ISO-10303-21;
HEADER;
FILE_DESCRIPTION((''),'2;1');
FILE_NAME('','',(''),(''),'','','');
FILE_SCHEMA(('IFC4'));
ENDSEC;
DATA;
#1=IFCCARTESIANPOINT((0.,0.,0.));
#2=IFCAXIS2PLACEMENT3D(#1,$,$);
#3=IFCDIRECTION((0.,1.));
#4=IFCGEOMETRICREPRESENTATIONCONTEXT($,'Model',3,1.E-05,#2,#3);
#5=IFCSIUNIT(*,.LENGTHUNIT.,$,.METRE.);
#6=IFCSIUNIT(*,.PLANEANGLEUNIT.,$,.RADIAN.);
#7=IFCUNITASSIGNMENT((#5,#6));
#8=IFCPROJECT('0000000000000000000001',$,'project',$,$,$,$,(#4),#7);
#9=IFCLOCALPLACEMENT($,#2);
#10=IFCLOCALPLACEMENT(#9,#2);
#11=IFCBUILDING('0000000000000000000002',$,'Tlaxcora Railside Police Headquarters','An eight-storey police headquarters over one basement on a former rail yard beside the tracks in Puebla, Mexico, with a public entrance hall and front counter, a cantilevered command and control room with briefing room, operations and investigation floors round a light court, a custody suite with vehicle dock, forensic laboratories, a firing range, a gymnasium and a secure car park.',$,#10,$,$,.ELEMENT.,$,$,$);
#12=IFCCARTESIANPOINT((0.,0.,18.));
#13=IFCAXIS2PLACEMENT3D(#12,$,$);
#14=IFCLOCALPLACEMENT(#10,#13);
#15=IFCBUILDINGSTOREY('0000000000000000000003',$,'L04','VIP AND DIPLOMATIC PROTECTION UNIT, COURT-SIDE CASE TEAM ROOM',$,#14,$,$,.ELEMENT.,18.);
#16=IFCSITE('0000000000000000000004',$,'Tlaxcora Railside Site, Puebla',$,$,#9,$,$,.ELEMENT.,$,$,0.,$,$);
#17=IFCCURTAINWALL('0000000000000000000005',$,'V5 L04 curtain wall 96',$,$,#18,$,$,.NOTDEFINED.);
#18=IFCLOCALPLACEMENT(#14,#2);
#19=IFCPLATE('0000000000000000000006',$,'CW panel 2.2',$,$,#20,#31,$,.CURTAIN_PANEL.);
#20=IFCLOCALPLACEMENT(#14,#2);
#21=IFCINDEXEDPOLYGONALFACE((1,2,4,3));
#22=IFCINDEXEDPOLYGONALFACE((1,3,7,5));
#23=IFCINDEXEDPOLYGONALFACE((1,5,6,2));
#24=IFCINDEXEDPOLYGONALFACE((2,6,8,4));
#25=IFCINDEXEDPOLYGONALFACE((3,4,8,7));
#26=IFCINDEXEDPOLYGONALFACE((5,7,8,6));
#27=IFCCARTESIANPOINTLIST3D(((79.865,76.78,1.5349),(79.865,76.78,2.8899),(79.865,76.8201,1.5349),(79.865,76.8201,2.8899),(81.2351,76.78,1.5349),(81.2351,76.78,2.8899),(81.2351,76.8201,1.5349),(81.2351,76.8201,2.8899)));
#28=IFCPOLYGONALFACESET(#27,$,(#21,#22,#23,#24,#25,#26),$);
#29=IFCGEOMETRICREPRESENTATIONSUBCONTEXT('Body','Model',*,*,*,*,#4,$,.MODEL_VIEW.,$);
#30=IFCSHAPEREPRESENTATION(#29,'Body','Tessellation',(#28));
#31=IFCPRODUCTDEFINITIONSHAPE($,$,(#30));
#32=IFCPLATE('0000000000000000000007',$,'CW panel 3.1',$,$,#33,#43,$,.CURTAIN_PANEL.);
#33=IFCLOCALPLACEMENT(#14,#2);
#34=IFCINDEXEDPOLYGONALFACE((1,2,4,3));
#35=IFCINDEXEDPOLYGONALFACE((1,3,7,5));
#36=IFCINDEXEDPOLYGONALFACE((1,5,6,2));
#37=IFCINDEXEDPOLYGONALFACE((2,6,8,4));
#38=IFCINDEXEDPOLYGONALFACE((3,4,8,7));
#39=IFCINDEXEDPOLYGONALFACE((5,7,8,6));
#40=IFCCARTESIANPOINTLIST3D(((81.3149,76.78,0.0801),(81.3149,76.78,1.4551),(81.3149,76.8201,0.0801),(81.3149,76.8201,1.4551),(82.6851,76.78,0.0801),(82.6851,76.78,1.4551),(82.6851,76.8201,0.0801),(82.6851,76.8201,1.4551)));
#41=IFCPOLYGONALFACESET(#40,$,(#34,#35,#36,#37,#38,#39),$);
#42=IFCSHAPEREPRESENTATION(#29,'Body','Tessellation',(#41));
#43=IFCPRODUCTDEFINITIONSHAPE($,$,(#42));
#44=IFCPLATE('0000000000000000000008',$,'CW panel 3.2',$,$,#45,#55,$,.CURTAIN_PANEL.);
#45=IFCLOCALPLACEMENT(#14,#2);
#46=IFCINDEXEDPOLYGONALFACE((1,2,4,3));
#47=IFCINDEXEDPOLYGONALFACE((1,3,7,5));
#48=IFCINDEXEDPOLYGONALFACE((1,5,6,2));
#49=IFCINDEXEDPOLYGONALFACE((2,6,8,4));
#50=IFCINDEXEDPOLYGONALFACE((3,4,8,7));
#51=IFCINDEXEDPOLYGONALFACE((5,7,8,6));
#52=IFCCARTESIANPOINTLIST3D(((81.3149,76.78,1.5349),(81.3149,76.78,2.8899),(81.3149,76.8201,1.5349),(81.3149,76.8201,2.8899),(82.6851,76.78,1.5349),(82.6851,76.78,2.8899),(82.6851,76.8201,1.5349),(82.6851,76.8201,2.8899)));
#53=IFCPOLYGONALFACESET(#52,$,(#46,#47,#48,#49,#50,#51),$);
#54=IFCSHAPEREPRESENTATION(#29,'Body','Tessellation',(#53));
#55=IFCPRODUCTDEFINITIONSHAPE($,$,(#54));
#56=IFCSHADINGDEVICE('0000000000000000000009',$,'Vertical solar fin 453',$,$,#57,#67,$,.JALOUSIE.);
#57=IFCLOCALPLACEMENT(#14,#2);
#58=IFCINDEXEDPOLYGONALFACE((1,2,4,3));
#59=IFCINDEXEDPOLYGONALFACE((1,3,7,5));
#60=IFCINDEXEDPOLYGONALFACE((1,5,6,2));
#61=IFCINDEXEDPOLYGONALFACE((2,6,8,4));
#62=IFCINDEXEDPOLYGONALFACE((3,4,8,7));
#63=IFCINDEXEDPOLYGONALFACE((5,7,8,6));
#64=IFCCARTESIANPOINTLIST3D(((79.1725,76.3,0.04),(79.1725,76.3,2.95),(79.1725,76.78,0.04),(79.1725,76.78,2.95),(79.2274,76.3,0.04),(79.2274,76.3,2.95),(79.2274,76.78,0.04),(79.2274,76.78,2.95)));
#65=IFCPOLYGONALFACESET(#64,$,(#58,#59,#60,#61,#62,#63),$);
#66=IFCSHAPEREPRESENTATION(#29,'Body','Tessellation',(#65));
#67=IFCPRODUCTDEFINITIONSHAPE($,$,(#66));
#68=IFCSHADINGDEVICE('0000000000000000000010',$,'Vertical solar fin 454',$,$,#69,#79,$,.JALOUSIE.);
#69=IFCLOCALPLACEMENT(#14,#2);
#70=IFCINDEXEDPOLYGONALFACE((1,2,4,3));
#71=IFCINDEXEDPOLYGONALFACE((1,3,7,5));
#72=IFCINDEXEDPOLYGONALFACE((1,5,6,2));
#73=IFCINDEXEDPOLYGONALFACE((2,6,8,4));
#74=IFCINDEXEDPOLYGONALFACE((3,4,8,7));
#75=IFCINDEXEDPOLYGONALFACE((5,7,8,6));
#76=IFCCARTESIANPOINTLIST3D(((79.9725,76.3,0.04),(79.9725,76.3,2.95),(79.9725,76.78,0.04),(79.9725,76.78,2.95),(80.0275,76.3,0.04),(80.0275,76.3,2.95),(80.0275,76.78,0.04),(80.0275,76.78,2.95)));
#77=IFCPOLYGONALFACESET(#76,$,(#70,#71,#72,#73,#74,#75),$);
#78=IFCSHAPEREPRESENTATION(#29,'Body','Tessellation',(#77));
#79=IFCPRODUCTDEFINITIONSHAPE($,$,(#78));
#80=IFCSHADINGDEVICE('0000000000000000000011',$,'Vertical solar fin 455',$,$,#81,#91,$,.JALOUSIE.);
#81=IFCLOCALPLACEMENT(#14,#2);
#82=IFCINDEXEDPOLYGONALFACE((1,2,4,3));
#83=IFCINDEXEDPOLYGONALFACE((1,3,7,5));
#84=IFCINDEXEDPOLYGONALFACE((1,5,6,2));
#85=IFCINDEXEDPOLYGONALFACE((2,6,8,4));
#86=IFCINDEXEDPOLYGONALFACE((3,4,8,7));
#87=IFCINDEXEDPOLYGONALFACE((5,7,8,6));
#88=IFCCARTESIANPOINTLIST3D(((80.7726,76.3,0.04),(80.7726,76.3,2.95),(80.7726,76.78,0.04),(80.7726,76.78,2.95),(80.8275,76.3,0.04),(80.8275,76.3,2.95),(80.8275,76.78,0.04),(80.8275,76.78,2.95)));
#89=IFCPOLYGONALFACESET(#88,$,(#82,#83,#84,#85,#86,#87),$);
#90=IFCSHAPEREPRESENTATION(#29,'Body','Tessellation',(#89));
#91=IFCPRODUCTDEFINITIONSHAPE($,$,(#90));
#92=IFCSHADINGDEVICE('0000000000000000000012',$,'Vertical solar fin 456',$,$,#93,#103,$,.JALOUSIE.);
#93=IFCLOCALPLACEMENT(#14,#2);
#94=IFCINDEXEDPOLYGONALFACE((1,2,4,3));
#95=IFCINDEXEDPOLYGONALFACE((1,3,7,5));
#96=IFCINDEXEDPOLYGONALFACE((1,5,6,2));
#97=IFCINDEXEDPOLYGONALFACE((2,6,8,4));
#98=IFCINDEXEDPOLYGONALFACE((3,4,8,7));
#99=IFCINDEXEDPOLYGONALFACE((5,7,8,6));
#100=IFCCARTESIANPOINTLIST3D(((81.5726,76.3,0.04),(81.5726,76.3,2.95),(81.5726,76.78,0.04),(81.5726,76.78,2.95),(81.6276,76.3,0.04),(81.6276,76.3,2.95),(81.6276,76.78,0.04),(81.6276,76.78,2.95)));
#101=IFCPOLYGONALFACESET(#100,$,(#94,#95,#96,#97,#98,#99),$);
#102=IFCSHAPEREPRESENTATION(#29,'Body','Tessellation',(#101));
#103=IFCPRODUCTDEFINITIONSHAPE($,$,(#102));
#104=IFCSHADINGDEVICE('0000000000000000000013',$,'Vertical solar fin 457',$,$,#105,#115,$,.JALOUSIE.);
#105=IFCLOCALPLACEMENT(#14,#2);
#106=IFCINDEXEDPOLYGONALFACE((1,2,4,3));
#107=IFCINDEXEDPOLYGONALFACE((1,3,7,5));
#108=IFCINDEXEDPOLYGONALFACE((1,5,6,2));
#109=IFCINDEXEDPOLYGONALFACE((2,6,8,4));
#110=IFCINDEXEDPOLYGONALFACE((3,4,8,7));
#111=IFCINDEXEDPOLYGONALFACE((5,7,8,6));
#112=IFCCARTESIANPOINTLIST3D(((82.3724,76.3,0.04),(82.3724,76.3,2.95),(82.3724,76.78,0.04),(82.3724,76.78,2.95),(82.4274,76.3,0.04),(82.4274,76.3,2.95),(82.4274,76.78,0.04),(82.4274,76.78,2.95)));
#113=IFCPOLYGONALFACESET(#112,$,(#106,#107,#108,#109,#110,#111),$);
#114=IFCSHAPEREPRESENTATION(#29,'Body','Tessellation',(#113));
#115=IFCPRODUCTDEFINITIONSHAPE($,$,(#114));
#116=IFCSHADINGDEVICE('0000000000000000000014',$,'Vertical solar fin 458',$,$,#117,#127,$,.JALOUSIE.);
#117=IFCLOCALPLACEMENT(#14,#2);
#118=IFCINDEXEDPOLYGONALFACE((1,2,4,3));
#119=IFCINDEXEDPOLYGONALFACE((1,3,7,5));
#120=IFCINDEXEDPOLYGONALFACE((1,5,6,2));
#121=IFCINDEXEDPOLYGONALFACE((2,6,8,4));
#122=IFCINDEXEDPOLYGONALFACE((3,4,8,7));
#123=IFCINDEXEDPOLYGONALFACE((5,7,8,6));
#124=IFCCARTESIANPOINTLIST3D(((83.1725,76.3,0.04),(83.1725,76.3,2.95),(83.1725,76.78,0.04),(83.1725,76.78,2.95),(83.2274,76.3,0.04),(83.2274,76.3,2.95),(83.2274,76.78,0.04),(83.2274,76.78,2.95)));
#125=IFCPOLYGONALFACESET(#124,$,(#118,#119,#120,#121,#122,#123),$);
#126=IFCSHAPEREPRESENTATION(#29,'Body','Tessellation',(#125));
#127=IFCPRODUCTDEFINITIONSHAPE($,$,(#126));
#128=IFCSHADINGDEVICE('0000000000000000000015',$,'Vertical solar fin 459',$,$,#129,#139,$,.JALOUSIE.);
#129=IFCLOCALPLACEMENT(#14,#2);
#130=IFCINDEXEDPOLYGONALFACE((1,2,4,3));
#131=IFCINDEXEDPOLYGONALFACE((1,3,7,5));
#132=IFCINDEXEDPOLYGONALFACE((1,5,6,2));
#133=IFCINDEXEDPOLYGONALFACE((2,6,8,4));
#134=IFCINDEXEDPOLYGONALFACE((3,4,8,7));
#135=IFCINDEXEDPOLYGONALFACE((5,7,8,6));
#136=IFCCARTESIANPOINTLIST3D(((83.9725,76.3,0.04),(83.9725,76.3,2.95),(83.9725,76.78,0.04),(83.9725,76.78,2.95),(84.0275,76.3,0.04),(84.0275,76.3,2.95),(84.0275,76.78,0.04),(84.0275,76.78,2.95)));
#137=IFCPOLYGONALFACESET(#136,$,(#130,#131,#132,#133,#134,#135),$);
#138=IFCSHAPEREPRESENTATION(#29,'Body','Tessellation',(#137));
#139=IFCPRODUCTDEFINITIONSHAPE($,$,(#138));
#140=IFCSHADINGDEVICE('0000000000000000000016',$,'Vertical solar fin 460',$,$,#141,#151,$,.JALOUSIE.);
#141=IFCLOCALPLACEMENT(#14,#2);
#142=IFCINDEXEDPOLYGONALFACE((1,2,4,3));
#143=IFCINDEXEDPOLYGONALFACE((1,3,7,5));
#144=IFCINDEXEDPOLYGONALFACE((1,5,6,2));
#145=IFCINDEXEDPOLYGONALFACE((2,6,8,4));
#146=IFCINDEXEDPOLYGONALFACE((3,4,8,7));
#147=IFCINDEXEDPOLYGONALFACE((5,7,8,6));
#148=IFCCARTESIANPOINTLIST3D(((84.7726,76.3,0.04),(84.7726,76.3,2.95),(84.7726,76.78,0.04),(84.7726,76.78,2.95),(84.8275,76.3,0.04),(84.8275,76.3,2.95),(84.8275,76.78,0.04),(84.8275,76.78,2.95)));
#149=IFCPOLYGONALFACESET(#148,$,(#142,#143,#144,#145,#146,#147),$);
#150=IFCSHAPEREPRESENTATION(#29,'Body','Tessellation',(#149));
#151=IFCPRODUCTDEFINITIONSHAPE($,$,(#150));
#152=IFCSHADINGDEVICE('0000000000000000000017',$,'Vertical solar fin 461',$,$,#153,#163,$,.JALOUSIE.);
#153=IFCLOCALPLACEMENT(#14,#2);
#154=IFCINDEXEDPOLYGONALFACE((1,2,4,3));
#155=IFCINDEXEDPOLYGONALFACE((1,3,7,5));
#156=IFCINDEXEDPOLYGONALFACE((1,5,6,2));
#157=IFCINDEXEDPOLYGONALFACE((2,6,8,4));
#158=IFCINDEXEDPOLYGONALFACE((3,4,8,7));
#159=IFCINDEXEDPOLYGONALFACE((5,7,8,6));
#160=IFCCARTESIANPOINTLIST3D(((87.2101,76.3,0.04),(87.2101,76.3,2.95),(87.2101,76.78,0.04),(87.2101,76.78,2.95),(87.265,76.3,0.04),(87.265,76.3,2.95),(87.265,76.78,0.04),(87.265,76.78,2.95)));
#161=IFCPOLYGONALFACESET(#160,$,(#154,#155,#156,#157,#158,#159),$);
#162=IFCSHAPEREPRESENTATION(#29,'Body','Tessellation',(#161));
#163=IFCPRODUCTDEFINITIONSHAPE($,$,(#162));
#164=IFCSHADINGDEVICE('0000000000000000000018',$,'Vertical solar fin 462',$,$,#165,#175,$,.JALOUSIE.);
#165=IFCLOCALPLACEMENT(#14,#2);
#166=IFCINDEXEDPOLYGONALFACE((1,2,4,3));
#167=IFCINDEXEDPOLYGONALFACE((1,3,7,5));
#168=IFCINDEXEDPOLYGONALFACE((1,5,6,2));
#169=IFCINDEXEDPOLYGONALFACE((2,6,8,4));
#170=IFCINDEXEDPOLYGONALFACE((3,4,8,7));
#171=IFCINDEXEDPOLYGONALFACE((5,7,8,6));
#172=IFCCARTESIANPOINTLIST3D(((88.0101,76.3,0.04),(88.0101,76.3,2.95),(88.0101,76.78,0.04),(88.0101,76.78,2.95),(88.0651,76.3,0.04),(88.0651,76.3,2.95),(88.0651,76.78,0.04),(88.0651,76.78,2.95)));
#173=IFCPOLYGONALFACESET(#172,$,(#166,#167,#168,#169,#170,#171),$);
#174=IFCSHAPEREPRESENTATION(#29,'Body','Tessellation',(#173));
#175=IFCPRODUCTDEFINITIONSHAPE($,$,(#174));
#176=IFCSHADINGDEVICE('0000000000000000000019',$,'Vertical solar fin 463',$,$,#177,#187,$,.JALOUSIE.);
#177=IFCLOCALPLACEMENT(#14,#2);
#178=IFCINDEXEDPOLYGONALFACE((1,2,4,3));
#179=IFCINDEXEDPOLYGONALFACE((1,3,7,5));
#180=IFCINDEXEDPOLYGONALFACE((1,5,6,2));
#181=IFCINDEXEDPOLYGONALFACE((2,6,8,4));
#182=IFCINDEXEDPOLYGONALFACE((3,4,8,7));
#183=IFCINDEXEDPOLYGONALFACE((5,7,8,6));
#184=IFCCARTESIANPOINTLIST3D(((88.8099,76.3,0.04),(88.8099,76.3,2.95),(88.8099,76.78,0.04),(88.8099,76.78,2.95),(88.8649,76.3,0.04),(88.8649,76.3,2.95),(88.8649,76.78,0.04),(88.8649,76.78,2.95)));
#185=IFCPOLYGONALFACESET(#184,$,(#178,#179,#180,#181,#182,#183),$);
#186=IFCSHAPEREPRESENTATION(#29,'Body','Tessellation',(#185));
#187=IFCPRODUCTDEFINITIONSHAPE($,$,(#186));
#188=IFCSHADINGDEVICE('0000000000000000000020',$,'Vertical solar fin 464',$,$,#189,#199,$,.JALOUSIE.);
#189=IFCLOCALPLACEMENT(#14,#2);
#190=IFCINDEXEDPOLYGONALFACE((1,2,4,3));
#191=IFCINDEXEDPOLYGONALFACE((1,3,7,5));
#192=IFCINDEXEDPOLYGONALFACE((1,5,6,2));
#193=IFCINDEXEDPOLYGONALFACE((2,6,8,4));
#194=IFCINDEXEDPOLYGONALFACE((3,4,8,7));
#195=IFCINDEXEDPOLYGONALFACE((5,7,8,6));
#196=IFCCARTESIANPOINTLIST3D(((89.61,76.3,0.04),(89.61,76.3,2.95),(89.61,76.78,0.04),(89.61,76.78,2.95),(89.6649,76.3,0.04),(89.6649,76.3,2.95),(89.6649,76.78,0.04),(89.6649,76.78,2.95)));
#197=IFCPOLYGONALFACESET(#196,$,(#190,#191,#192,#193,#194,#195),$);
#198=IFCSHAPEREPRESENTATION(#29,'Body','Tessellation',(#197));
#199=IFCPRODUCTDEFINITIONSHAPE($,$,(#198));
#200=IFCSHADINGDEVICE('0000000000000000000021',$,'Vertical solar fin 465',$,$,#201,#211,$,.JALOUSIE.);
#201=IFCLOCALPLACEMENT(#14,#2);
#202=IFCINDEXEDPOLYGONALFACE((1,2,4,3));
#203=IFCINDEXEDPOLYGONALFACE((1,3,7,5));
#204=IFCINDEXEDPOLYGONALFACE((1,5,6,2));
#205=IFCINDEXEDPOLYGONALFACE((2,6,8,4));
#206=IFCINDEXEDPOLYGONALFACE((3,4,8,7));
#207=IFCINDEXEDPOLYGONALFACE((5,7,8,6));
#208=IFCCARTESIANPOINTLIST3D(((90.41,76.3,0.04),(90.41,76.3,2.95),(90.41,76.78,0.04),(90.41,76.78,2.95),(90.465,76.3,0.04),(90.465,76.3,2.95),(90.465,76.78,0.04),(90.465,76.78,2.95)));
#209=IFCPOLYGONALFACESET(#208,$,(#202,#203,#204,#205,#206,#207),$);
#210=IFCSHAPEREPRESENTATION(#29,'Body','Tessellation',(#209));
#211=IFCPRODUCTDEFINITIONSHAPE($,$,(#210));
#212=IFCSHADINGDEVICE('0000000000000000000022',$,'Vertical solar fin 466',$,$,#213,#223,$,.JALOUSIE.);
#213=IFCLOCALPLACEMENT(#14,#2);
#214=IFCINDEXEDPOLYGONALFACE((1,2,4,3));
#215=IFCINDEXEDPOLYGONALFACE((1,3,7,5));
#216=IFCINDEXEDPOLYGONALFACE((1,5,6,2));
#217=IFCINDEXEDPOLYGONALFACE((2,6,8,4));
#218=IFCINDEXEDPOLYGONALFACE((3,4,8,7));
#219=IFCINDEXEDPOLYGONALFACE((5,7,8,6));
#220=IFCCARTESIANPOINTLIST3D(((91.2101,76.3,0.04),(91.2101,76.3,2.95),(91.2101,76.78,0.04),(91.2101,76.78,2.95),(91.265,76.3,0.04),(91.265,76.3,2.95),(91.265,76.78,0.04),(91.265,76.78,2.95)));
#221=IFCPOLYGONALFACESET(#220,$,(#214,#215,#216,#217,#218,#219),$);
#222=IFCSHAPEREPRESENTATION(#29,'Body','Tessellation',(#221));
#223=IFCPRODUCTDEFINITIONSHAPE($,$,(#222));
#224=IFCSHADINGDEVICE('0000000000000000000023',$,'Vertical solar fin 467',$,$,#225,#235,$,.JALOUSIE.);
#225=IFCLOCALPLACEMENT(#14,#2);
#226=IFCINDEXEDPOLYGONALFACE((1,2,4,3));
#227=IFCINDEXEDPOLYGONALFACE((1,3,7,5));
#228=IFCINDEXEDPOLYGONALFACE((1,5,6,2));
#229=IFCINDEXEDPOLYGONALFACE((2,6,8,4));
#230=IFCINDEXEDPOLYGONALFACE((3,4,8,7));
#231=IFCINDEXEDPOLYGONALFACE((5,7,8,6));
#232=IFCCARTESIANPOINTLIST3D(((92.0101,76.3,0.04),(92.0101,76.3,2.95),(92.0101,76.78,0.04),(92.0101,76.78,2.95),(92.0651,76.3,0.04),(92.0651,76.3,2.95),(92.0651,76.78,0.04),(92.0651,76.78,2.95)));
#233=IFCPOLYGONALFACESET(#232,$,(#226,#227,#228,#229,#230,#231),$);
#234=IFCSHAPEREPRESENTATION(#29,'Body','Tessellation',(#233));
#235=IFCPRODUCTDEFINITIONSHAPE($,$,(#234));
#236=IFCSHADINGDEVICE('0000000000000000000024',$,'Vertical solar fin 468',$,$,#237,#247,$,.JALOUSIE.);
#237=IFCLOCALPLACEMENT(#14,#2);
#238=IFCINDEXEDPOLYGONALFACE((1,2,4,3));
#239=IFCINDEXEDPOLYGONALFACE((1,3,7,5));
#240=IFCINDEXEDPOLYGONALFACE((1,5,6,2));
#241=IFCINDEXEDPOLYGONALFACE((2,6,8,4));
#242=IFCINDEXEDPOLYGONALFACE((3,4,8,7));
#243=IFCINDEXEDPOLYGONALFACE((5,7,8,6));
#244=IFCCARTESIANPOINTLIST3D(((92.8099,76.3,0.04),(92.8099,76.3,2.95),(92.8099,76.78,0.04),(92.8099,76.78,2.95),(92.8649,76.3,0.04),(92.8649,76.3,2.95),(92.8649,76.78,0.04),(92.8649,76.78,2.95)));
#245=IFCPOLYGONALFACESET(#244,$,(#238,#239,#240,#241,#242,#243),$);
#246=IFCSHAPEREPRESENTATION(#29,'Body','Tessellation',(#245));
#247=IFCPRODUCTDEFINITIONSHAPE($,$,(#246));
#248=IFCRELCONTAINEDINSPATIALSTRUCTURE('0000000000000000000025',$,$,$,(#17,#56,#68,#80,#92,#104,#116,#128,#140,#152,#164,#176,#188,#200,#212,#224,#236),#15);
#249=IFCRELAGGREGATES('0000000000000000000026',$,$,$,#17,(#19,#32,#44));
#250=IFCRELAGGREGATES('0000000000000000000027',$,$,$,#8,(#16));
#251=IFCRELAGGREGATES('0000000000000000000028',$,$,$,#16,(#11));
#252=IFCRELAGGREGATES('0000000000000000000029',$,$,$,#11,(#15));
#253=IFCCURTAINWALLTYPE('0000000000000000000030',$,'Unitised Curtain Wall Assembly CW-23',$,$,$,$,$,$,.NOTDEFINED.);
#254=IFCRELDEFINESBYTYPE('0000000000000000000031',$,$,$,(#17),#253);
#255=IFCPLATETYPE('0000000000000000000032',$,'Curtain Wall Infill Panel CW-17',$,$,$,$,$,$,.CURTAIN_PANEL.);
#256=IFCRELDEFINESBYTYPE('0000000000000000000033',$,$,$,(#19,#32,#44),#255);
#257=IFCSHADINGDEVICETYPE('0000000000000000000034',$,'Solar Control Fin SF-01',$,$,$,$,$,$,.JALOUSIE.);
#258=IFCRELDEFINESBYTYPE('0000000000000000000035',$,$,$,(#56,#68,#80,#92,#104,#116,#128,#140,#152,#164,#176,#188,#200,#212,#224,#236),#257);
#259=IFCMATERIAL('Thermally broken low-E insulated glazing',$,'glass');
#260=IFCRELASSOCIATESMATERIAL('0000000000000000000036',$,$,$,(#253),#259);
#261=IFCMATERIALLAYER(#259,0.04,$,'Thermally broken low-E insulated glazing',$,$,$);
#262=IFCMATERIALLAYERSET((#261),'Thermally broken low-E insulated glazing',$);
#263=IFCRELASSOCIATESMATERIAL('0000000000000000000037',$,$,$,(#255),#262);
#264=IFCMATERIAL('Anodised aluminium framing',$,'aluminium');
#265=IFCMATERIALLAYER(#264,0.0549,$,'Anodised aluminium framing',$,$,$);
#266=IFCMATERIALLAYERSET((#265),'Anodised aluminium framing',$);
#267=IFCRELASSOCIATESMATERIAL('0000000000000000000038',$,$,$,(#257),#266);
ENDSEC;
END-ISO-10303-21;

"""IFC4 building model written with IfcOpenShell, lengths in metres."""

from ifc_helpers import new_model, si_unit, direction, frame, origin, origin_2d, place, context, subcontext, project, spatial, rectangle, extrude, material, layer, layer_set, type_object, element, aggregate, save


model = new_model("IFC4")

# Units and contexts
model_context = context("Model", 3, precision=1e-05, world=origin(), true_north=direction((0.0, 1.0)))
body_context = subcontext(model_context, "Body", "Model", "MODEL_VIEW")
ifc_project = project(units=[si_unit("LENGTHUNIT", "METRE"), si_unit("PLANEANGLEUNIT", "RADIAN")], contexts=[model_context])

# Site, building, storey
site_placement = place(None, origin())
site = spatial("IfcSite", under=ifc_project, at=site_placement, Name="Tlaxcora Railside Site, Puebla", CompositionType="ELEMENT", RefElevation=0.0)
building_placement = place(site_placement, origin())
building = spatial("IfcBuilding", under=site, at=building_placement, Name="Tlaxcora Railside Police Headquarters", Description="An eight-storey police headquarters over one basement on a former rail yard beside the tracks in Puebla, Mexico, with a public entrance hall and front counter, a cantilevered command and control room with briefing room, operations and investigation floors round a light court, a custody suite with vehicle dock, forensic laboratories, a firing range, a gymnasium and a secure car park.", CompositionType="ELEMENT")
storey_placement = place(building_placement, frame((0.0, 0.0, 18.0)))
storey = spatial("IfcBuildingStorey", under=building, at=storey_placement, Name="L04", Description="VIP AND DIPLOMATIC PROTECTION UNIT, COURT-SIDE CASE TEAM ROOM", CompositionType="ELEMENT", Elevation=18.0)

# Curtain wall, plates
ifc_material_1 = material(Name="Thermally broken low-E insulated glazing", Category="glass")
curtain_wall_type = type_object("IfcCurtainWallType", Name="Unitised Curtain Wall Assembly CW-23", PredefinedType="NOTDEFINED", material=ifc_material_1)
curtain_wall_placement = place(storey_placement, origin())
curtain_wall = element("IfcCurtainWall", 1, at=curtain_wall_placement, inside=storey, type_object=curtain_wall_type, Name="V5 L04 curtain wall 96", PredefinedType="NOTDEFINED")
ifc_material_2 = material(Name="Anodised aluminium framing", Category="aluminium")
ifc_layer_1 = layer(ifc_material_1, 0.04, Name="Thermally broken low-E insulated glazing")
ifc_layer_set_1 = layer_set([ifc_layer_1], Name="Thermally broken low-E insulated glazing")
plate_type = type_object("IfcPlateType", Name="Curtain Wall Infill Panel CW-17", PredefinedType="CURTAIN_PANEL", material=ifc_layer_set_1)
plate_1_placement = place(storey_placement, frame((80.55, 76.8, 1.5349), z_axis=(0.0, 0.0, 1.0), x_axis=(1.0, 0.0, 0.0)))
plate_1 = element("IfcPlate", 2, at=plate_1_placement, type_object=plate_type, Name="CW panel 2.2", PredefinedType="CURTAIN_PANEL", context=body_context, shape_type="SweptSolid", body=[
    extrude(rectangle(XDim=1.3701, YDim=0.04, at=origin_2d()), origin(), (0.0, 0.0, 1.0), 1.355),
])
plate_2_placement = place(storey_placement, frame((82.0, 76.8, 0.0801), z_axis=(0.0, 0.0, 1.0), x_axis=(1.0, 0.0, 0.0)))
plate_2 = element("IfcPlate", 3, at=plate_2_placement, type_object=plate_type, Name="CW panel 3.1", PredefinedType="CURTAIN_PANEL", context=body_context, shape_type="SweptSolid", body=[
    extrude(rectangle(XDim=1.3701, YDim=0.04, at=origin_2d()), origin(), (0.0, 0.0, 1.0), 1.375),
])
plate_3_placement = place(storey_placement, frame((82.0, 76.8, 1.5349), z_axis=(0.0, 0.0, 1.0), x_axis=(1.0, 0.0, 0.0)))
plate_3 = element("IfcPlate", 4, at=plate_3_placement, type_object=plate_type, Name="CW panel 3.2", PredefinedType="CURTAIN_PANEL", context=body_context, shape_type="SweptSolid", body=[
    extrude(rectangle(XDim=1.3701, YDim=0.04, at=origin_2d()), origin(), (0.0, 0.0, 1.0), 1.355),
])
aggregate(curtain_wall, [plate_1, plate_2, plate_3])

# Shading devices
ifc_layer_2 = layer(ifc_material_2, 0.0549, Name="Anodised aluminium framing")
ifc_layer_set_2 = layer_set([ifc_layer_2], Name="Anodised aluminium framing")
shading_device_type_1 = type_object("IfcShadingDeviceType", Name="Solar Control Fin SF-01", PredefinedType="JALOUSIE", material=ifc_layer_set_2)
for number, where, z_axis, x_axis, name in (
    (5, (79.2, 76.54, 0.04), (0.0, 0.0, 1.0), (0.0, -1.0, 0.0), "Vertical solar fin 453"),
    (6, (80.0, 76.54, 0.04), (0.0, 0.0, 1.0), (0.0, -1.0, 0.0), "Vertical solar fin 454"),
    (7, (80.8, 76.54, 0.04), (0.0, 0.0, 1.0), (0.0, -1.0, 0.0), "Vertical solar fin 455"),
    (8, (81.6001, 76.54, 0.04), (0.0, 0.0, 1.0), (0.0, -1.0, 0.0), "Vertical solar fin 456"),
    (9, (82.3999, 76.54, 0.04), (0.0, 0.0, 1.0), (0.0, -1.0, 0.0), "Vertical solar fin 457"),
    (10, (83.2, 76.54, 0.04), (0.0, 0.0, 1.0), (0.0, -1.0, 0.0), "Vertical solar fin 458"),
    (11, (84.0, 76.54, 0.04), (0.0, 0.0, 1.0), (0.0, -1.0, 0.0), "Vertical solar fin 459"),
    (12, (84.8, 76.54, 0.04), (0.0, 0.0, 1.0), (0.0, -1.0, 0.0), "Vertical solar fin 460"),
    (13, (87.2375, 76.54, 0.04), (0.0, 0.0, 1.0), (0.0, -1.0, 0.0), "Vertical solar fin 461"),
    (14, (88.0376, 76.54, 0.04), (0.0, 0.0, 1.0), (0.0, -1.0, 0.0), "Vertical solar fin 462"),
    (15, (88.8374, 76.54, 0.04), (0.0, 0.0, 1.0), (0.0, -1.0, 0.0), "Vertical solar fin 463"),
    (16, (89.6375, 76.54, 0.04), (0.0, 0.0, 1.0), (0.0, -1.0, 0.0), "Vertical solar fin 464"),
    (17, (90.4375, 76.54, 0.04), (0.0, 0.0, 1.0), (0.0, -1.0, 0.0), "Vertical solar fin 465"),
    (18, (91.2375, 76.54, 0.04), (0.0, 0.0, 1.0), (0.0, -1.0, 0.0), "Vertical solar fin 466"),
    (19, (92.0376, 76.54, 0.04), (0.0, 0.0, 1.0), (0.0, -1.0, 0.0), "Vertical solar fin 467"),
    (20, (92.8374, 76.54, 0.04), (0.0, 0.0, 1.0), (0.0, -1.0, 0.0), "Vertical solar fin 468"),
):
    element("IfcShadingDevice", number, at=place(storey_placement, frame(where, z_axis=z_axis, x_axis=x_axis)), inside=storey, type_object=shading_device_type_1, Name=name, PredefinedType="JALOUSIE", context=body_context, shape_type="SweptSolid", body=[
        extrude(rectangle(XDim=0.48, YDim=0.0549, at=origin_2d()), origin(), (0.0, 0.0, 1.0), 2.9099),
    ])

save(model, "model.ifc")
